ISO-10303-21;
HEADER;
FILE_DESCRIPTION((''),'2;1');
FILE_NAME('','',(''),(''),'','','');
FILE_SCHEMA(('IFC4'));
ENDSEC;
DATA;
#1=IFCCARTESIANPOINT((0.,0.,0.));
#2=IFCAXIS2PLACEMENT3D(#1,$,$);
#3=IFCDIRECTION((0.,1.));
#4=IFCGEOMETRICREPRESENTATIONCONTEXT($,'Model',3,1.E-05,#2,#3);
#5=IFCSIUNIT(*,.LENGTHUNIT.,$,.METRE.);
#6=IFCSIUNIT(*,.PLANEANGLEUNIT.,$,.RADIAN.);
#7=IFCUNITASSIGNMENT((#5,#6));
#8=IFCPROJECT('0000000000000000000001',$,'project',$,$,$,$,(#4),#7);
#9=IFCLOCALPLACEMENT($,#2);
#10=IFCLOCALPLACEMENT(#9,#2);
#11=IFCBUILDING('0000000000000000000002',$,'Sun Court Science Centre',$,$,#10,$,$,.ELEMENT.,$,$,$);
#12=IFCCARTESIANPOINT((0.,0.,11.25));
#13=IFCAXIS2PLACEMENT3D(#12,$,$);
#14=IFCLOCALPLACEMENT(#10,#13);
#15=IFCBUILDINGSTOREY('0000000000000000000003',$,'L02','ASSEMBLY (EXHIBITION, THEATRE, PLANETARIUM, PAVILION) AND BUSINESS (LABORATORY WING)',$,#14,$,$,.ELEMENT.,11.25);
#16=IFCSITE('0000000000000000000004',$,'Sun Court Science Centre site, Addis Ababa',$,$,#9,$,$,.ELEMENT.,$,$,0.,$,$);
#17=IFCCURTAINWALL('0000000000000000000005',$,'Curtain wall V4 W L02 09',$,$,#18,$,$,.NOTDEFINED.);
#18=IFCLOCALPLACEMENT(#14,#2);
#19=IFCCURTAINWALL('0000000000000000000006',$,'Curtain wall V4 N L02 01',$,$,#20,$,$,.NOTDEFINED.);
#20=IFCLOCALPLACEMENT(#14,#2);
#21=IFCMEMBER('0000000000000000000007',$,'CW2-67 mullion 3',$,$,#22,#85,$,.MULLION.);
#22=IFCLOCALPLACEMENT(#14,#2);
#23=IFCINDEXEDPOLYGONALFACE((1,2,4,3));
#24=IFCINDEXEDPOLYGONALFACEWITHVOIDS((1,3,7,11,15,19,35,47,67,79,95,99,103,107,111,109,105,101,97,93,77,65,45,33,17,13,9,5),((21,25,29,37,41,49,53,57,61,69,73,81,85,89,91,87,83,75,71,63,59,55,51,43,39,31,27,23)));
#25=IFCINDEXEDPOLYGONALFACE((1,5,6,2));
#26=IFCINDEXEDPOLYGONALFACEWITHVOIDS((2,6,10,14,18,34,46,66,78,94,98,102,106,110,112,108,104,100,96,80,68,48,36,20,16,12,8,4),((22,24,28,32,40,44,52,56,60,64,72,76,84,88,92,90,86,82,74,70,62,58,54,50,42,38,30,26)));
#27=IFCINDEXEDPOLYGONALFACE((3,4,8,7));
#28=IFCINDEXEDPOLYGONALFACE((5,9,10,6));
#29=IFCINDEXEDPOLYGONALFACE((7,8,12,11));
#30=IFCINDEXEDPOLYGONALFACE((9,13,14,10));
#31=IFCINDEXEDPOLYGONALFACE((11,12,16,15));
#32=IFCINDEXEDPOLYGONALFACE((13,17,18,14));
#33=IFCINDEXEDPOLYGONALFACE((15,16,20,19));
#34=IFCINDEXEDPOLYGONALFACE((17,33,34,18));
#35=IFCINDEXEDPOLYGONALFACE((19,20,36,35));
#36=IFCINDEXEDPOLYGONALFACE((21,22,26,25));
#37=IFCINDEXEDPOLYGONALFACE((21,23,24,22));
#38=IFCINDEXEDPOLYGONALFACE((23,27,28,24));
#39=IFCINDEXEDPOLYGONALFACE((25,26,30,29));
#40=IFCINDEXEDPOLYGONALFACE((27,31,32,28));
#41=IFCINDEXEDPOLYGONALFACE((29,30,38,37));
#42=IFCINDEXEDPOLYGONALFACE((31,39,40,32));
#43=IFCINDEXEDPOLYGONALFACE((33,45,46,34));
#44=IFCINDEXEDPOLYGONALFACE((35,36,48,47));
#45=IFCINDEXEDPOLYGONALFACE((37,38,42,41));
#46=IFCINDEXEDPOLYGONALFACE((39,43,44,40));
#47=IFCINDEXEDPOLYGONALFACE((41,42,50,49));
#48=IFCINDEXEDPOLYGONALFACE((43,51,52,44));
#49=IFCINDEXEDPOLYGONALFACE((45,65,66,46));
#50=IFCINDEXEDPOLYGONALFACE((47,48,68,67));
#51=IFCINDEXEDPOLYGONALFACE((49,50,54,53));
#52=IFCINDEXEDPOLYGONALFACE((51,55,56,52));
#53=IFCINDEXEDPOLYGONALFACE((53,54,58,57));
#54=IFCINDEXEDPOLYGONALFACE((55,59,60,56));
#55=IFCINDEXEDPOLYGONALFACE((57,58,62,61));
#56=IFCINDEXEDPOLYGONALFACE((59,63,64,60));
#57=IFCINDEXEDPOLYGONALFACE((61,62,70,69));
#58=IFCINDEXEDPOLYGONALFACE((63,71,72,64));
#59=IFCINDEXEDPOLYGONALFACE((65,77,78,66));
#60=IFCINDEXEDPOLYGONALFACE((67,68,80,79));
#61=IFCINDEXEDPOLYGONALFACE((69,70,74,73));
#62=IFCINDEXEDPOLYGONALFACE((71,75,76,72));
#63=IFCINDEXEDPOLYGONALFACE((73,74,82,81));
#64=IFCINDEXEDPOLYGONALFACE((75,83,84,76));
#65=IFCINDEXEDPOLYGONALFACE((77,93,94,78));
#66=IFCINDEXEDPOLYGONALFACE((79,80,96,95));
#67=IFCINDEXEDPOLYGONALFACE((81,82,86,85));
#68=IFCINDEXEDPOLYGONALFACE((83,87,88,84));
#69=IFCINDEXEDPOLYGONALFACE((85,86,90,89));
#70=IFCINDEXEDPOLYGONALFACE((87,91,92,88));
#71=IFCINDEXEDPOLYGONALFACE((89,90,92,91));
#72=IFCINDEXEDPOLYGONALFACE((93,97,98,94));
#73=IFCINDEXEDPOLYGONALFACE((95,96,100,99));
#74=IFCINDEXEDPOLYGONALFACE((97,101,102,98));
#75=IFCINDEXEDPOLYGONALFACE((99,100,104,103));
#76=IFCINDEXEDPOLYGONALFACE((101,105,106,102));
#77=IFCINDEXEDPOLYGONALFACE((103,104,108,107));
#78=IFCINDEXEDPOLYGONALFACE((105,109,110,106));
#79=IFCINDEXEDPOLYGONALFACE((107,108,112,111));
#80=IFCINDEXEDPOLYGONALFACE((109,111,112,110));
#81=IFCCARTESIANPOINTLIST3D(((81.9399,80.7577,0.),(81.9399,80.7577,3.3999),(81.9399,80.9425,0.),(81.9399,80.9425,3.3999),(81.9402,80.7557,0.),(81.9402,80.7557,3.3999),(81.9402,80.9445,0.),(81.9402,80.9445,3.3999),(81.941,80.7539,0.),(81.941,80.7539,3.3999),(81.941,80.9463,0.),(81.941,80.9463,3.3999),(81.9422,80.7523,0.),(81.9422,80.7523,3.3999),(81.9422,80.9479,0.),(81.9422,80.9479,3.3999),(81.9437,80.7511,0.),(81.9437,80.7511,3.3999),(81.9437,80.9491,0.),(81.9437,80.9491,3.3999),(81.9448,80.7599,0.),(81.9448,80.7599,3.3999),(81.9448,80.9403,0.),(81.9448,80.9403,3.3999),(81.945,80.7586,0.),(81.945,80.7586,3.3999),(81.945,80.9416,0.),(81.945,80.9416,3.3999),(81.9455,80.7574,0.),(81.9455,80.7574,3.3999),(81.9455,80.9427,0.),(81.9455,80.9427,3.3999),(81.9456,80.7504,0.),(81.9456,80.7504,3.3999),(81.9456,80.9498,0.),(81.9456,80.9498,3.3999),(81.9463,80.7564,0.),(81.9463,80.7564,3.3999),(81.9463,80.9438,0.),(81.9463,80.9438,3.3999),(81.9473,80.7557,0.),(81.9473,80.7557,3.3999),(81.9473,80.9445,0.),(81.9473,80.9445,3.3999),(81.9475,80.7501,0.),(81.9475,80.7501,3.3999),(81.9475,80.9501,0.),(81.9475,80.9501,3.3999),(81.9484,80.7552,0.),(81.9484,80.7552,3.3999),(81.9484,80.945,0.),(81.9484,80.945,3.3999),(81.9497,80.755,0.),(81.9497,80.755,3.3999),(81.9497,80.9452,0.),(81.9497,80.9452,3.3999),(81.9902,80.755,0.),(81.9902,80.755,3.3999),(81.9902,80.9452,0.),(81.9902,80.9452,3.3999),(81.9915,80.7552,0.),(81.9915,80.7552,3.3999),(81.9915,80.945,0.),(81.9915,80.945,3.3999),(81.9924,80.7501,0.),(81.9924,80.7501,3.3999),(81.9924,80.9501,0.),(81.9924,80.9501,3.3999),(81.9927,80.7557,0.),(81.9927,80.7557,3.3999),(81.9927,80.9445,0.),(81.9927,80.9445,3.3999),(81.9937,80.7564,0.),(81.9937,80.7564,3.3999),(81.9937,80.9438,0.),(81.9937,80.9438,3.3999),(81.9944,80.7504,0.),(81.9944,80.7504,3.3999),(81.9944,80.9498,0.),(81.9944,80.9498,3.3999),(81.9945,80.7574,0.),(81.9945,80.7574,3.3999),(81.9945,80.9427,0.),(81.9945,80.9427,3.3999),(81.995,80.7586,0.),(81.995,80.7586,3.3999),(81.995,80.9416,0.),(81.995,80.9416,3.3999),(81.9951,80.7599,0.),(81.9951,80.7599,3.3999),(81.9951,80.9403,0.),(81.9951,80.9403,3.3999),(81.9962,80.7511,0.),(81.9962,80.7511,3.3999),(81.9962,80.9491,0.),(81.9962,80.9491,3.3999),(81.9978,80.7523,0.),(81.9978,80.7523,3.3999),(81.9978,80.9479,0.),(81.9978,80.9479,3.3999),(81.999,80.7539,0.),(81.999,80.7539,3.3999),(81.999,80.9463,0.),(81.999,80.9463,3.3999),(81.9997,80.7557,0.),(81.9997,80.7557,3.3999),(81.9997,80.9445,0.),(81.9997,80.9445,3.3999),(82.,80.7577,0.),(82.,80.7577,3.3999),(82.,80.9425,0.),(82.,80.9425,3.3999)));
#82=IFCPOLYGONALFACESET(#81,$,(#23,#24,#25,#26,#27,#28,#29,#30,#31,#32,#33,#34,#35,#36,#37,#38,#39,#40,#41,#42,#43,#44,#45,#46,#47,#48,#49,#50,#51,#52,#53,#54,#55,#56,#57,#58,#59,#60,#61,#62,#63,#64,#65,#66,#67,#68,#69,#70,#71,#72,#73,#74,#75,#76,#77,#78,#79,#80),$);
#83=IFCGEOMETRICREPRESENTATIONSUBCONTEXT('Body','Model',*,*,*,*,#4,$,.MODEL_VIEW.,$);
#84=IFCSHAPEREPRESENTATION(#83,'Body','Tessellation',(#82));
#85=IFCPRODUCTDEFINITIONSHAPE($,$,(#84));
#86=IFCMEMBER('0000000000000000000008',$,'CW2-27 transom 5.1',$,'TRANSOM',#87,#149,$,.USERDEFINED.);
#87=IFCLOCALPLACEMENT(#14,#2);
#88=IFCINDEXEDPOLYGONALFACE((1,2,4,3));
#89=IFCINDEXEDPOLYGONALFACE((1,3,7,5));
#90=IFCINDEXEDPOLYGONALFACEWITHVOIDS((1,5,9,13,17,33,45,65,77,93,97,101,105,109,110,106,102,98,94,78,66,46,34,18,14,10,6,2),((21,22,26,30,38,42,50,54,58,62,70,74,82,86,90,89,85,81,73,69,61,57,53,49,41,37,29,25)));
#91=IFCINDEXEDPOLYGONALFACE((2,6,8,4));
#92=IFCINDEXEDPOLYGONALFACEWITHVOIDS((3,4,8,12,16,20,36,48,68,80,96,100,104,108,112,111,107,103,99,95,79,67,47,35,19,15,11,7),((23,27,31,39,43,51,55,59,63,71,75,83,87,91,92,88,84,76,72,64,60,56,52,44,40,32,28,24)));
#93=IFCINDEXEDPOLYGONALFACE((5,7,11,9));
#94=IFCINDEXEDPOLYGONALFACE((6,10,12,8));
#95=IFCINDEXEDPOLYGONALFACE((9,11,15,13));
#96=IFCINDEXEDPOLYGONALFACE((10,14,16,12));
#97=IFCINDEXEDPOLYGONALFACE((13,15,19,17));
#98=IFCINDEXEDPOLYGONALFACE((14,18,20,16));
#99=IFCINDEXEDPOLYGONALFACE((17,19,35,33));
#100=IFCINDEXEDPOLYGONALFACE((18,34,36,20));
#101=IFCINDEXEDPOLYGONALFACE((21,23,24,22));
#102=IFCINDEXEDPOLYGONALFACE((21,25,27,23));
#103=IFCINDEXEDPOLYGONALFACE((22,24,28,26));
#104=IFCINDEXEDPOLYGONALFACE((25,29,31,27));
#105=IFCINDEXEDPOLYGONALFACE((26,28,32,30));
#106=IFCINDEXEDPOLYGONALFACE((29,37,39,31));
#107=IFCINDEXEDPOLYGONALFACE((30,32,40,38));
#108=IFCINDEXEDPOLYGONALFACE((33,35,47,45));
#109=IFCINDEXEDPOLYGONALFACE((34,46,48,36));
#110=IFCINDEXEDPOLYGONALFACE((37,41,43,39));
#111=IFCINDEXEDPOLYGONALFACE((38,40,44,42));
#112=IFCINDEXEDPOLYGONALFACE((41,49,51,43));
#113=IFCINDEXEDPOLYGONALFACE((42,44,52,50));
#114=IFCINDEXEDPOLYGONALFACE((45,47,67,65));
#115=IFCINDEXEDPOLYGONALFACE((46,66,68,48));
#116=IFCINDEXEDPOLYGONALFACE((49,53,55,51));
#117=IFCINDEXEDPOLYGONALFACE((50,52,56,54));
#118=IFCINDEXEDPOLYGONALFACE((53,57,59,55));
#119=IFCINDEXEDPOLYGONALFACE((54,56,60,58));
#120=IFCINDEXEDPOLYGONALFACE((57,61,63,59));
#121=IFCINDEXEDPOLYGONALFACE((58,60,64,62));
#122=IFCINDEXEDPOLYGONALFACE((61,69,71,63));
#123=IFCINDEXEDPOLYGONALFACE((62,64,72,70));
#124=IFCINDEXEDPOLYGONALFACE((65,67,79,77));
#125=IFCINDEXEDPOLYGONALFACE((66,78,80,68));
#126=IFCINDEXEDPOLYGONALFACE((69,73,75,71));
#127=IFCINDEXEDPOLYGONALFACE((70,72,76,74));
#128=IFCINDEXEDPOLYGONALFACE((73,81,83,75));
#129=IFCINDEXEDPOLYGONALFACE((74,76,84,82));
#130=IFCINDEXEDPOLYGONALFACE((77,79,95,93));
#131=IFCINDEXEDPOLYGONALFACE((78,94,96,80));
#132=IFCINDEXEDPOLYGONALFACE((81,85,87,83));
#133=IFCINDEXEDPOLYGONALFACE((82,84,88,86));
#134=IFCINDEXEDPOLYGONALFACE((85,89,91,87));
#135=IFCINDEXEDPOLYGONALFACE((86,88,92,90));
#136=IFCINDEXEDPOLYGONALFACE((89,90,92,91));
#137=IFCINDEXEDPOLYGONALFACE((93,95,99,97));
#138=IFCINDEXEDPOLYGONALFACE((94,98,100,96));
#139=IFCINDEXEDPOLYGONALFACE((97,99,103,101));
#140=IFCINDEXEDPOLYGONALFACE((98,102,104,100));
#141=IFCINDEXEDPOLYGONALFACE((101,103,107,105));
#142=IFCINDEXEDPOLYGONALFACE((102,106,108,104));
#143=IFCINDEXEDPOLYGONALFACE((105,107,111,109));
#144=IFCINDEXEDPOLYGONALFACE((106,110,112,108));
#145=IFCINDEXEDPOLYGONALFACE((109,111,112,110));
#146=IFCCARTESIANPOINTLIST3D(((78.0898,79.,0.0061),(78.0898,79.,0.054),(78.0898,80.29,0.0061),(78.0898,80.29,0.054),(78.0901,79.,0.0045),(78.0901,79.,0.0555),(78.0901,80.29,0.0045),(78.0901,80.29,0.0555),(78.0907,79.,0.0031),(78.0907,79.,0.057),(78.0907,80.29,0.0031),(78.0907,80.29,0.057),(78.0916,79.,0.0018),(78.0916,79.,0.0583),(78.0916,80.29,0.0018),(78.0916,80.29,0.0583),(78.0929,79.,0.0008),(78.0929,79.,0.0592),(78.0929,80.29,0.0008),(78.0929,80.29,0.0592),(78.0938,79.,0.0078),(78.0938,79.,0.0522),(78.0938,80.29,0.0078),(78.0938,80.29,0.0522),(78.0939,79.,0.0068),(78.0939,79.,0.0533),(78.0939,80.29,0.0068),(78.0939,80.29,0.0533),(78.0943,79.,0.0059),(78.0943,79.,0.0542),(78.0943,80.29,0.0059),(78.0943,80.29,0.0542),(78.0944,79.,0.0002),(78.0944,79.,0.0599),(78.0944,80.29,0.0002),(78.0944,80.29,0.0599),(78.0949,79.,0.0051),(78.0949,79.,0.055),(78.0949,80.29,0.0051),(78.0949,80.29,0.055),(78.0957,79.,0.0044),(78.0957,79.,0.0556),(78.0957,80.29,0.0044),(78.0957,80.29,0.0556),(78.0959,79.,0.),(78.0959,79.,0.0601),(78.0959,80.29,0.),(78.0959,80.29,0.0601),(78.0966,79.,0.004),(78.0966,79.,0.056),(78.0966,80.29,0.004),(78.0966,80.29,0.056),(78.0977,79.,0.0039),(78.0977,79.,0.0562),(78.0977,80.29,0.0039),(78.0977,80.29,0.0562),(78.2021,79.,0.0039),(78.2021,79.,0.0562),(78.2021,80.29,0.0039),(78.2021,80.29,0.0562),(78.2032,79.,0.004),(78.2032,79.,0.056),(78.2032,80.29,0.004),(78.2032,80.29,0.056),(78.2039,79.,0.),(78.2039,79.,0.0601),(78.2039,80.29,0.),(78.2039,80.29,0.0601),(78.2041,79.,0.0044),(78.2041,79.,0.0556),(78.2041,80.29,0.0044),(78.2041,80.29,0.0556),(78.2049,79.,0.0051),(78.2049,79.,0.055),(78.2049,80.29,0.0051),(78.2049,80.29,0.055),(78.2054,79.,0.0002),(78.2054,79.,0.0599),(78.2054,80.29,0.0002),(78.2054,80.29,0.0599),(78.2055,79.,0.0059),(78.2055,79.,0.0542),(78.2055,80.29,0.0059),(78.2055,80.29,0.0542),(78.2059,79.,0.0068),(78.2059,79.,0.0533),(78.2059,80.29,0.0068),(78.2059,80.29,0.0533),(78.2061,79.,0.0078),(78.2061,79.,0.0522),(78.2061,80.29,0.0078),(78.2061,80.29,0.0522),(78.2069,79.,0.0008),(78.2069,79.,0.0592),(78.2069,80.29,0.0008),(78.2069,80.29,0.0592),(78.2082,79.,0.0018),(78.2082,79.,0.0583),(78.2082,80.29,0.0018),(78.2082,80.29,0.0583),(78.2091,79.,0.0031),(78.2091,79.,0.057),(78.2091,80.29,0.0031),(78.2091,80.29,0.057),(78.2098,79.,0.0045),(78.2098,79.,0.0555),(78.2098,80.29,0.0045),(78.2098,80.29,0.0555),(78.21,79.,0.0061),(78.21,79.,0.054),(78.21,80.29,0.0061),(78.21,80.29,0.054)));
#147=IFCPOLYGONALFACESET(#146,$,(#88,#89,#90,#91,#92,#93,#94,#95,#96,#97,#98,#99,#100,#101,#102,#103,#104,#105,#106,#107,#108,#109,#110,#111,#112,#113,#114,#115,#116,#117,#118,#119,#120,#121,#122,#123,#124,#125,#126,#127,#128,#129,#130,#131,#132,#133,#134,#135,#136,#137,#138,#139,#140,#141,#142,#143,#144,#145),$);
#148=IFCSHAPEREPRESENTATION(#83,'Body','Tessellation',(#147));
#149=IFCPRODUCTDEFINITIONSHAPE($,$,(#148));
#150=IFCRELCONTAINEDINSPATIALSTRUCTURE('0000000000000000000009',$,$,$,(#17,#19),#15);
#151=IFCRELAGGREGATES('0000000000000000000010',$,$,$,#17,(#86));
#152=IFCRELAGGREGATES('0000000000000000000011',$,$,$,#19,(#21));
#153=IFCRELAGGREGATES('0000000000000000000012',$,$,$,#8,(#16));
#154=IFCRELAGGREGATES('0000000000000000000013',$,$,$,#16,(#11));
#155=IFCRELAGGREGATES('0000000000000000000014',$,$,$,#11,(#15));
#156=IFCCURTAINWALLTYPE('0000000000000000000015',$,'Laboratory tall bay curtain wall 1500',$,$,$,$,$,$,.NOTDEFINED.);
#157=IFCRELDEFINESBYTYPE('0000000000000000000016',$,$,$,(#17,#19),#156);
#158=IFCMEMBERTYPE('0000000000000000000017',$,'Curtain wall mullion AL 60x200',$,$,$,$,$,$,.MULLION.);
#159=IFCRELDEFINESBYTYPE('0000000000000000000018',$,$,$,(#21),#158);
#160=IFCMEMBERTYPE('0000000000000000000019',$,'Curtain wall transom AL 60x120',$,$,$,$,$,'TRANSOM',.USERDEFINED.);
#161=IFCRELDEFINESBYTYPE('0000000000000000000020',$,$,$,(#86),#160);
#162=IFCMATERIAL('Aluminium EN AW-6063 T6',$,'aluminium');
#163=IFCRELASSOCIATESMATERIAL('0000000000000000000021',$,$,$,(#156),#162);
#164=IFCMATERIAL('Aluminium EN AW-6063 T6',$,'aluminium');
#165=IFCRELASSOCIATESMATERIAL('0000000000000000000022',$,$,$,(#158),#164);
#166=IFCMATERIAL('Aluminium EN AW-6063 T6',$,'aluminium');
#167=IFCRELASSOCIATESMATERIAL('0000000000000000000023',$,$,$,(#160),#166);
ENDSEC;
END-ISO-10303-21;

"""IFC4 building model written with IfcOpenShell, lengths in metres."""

from ifc_helpers import new_model, si_unit, direction, frame, origin, origin_2d, place, context, subcontext, project, spatial, hollow_rectangle, extrude, material, material_profile, profile_set, type_object, element, aggregate, save


model = new_model("IFC4")

# Units and contexts
model_context = context("Model", 3, precision=1e-05, world=origin(), true_north=direction((0.0, 1.0)))
body_context = subcontext(model_context, "Body", "Model", "MODEL_VIEW")
ifc_project = project(units=[si_unit("LENGTHUNIT", "METRE"), si_unit("PLANEANGLEUNIT", "RADIAN")], contexts=[model_context])

# Site, building, storey
site_placement = place(None, origin())
site = spatial("IfcSite", under=ifc_project, at=site_placement, Name="Sun Court Science Centre site, Addis Ababa", CompositionType="ELEMENT", RefElevation=0.0)
building_placement = place(site_placement, origin())
building = spatial("IfcBuilding", under=site, at=building_placement, Name="Sun Court Science Centre", CompositionType="ELEMENT")
storey_placement = place(building_placement, frame((0.0, 0.0, 11.25)))
storey = spatial("IfcBuildingStorey", under=building, at=storey_placement, Name="L02", Description="ASSEMBLY (EXHIBITION, THEATRE, PLANETARIUM, PAVILION) AND BUSINESS (LABORATORY WING)", CompositionType="ELEMENT", Elevation=11.25)

# Curtain walls, member
ifc_material_1 = material(Name="Aluminium EN AW-6063 T6", Category="aluminium")
curtain_wall_type = type_object("IfcCurtainWallType", Name="Laboratory tall bay curtain wall 1500", PredefinedType="NOTDEFINED", material=ifc_material_1)
curtain_wall_1_placement = place(storey_placement, origin())
curtain_wall_1 = element("IfcCurtainWall", 1, at=curtain_wall_1_placement, inside=storey, type_object=curtain_wall_type, Name="Curtain wall V4 W L02 09", PredefinedType="NOTDEFINED")
ifc_material_2 = material(Name="Aluminium EN AW-6063 T6", Category="aluminium")
ifc_material_profile_1 = material_profile(ifc_material_2, hollow_rectangle(XDim=0.0601, YDim=0.2, WallThickness=0.0049, InnerFilletRadius=0.0049, OuterFilletRadius=0.0076, at=origin_2d()), Name="AL 60x200x5")
ifc_profile_set_1 = profile_set([ifc_material_profile_1], Name="Aluminium EN AW-6063 T6")
member_type_1 = type_object("IfcMemberType", Name="Curtain wall mullion AL 60x200", PredefinedType="MULLION", material=ifc_profile_set_1)
curtain_wall_2_placement = place(storey_placement, origin())
curtain_wall_2 = element("IfcCurtainWall", 2, at=curtain_wall_2_placement, inside=storey, type_object=curtain_wall_type, Name="Curtain wall V4 N L02 01", PredefinedType="NOTDEFINED")
member_1_placement = place(storey_placement, frame((81.97, 80.8501, 0.0), z_axis=(0.0, 0.0, 1.0), x_axis=(1.0, 0.0, 0.0)))
member_1 = element("IfcMember", 3, at=member_1_placement, type_object=member_type_1, Name="CW2-67 mullion 3", PredefinedType="MULLION", context=body_context, shape_type="SweptSolid", body=[
    extrude(hollow_rectangle(XDim=0.0601, YDim=0.2, WallThickness=0.0049, InnerFilletRadius=0.0049, OuterFilletRadius=0.0076, at=origin_2d()), origin(), (0.0, 0.0, 1.0), 3.3999),
])

# Member
ifc_material_3 = material(Name="Aluminium EN AW-6063 T6", Category="aluminium")
ifc_material_profile_2 = material_profile(ifc_material_3, hollow_rectangle(XDim=0.0601, YDim=0.1201, WallThickness=0.0039, InnerFilletRadius=0.0039, OuterFilletRadius=0.0061, at=origin_2d()), Name="AL 60x120x4")
ifc_profile_set_2 = profile_set([ifc_material_profile_2], Name="Aluminium EN AW-6063 T6")
member_type_2 = type_object("IfcMemberType", Name="Curtain wall transom AL 60x120", ElementType="TRANSOM", PredefinedType="USERDEFINED", material=ifc_profile_set_2)
member_2_placement = place(storey_placement, frame((78.1499, 79.0, 0.03), z_axis=(0.0, 1.0, 0.0), x_axis=(0.0, 0.0, 1.0)))
member_2 = element("IfcMember", 4, at=member_2_placement, type_object=member_type_2, Name="CW2-27 transom 5.1", ObjectType="TRANSOM", PredefinedType="USERDEFINED", context=body_context, shape_type="SweptSolid", body=[
    extrude(hollow_rectangle(XDim=0.0601, YDim=0.1201, WallThickness=0.0039, InnerFilletRadius=0.0039, OuterFilletRadius=0.0061, at=origin_2d()), origin(), (0.0, 0.0, 1.0), 1.29),
])

aggregate(curtain_wall_1, [member_2])
aggregate(curtain_wall_2, [member_1])

save(model, "model.ifc")
